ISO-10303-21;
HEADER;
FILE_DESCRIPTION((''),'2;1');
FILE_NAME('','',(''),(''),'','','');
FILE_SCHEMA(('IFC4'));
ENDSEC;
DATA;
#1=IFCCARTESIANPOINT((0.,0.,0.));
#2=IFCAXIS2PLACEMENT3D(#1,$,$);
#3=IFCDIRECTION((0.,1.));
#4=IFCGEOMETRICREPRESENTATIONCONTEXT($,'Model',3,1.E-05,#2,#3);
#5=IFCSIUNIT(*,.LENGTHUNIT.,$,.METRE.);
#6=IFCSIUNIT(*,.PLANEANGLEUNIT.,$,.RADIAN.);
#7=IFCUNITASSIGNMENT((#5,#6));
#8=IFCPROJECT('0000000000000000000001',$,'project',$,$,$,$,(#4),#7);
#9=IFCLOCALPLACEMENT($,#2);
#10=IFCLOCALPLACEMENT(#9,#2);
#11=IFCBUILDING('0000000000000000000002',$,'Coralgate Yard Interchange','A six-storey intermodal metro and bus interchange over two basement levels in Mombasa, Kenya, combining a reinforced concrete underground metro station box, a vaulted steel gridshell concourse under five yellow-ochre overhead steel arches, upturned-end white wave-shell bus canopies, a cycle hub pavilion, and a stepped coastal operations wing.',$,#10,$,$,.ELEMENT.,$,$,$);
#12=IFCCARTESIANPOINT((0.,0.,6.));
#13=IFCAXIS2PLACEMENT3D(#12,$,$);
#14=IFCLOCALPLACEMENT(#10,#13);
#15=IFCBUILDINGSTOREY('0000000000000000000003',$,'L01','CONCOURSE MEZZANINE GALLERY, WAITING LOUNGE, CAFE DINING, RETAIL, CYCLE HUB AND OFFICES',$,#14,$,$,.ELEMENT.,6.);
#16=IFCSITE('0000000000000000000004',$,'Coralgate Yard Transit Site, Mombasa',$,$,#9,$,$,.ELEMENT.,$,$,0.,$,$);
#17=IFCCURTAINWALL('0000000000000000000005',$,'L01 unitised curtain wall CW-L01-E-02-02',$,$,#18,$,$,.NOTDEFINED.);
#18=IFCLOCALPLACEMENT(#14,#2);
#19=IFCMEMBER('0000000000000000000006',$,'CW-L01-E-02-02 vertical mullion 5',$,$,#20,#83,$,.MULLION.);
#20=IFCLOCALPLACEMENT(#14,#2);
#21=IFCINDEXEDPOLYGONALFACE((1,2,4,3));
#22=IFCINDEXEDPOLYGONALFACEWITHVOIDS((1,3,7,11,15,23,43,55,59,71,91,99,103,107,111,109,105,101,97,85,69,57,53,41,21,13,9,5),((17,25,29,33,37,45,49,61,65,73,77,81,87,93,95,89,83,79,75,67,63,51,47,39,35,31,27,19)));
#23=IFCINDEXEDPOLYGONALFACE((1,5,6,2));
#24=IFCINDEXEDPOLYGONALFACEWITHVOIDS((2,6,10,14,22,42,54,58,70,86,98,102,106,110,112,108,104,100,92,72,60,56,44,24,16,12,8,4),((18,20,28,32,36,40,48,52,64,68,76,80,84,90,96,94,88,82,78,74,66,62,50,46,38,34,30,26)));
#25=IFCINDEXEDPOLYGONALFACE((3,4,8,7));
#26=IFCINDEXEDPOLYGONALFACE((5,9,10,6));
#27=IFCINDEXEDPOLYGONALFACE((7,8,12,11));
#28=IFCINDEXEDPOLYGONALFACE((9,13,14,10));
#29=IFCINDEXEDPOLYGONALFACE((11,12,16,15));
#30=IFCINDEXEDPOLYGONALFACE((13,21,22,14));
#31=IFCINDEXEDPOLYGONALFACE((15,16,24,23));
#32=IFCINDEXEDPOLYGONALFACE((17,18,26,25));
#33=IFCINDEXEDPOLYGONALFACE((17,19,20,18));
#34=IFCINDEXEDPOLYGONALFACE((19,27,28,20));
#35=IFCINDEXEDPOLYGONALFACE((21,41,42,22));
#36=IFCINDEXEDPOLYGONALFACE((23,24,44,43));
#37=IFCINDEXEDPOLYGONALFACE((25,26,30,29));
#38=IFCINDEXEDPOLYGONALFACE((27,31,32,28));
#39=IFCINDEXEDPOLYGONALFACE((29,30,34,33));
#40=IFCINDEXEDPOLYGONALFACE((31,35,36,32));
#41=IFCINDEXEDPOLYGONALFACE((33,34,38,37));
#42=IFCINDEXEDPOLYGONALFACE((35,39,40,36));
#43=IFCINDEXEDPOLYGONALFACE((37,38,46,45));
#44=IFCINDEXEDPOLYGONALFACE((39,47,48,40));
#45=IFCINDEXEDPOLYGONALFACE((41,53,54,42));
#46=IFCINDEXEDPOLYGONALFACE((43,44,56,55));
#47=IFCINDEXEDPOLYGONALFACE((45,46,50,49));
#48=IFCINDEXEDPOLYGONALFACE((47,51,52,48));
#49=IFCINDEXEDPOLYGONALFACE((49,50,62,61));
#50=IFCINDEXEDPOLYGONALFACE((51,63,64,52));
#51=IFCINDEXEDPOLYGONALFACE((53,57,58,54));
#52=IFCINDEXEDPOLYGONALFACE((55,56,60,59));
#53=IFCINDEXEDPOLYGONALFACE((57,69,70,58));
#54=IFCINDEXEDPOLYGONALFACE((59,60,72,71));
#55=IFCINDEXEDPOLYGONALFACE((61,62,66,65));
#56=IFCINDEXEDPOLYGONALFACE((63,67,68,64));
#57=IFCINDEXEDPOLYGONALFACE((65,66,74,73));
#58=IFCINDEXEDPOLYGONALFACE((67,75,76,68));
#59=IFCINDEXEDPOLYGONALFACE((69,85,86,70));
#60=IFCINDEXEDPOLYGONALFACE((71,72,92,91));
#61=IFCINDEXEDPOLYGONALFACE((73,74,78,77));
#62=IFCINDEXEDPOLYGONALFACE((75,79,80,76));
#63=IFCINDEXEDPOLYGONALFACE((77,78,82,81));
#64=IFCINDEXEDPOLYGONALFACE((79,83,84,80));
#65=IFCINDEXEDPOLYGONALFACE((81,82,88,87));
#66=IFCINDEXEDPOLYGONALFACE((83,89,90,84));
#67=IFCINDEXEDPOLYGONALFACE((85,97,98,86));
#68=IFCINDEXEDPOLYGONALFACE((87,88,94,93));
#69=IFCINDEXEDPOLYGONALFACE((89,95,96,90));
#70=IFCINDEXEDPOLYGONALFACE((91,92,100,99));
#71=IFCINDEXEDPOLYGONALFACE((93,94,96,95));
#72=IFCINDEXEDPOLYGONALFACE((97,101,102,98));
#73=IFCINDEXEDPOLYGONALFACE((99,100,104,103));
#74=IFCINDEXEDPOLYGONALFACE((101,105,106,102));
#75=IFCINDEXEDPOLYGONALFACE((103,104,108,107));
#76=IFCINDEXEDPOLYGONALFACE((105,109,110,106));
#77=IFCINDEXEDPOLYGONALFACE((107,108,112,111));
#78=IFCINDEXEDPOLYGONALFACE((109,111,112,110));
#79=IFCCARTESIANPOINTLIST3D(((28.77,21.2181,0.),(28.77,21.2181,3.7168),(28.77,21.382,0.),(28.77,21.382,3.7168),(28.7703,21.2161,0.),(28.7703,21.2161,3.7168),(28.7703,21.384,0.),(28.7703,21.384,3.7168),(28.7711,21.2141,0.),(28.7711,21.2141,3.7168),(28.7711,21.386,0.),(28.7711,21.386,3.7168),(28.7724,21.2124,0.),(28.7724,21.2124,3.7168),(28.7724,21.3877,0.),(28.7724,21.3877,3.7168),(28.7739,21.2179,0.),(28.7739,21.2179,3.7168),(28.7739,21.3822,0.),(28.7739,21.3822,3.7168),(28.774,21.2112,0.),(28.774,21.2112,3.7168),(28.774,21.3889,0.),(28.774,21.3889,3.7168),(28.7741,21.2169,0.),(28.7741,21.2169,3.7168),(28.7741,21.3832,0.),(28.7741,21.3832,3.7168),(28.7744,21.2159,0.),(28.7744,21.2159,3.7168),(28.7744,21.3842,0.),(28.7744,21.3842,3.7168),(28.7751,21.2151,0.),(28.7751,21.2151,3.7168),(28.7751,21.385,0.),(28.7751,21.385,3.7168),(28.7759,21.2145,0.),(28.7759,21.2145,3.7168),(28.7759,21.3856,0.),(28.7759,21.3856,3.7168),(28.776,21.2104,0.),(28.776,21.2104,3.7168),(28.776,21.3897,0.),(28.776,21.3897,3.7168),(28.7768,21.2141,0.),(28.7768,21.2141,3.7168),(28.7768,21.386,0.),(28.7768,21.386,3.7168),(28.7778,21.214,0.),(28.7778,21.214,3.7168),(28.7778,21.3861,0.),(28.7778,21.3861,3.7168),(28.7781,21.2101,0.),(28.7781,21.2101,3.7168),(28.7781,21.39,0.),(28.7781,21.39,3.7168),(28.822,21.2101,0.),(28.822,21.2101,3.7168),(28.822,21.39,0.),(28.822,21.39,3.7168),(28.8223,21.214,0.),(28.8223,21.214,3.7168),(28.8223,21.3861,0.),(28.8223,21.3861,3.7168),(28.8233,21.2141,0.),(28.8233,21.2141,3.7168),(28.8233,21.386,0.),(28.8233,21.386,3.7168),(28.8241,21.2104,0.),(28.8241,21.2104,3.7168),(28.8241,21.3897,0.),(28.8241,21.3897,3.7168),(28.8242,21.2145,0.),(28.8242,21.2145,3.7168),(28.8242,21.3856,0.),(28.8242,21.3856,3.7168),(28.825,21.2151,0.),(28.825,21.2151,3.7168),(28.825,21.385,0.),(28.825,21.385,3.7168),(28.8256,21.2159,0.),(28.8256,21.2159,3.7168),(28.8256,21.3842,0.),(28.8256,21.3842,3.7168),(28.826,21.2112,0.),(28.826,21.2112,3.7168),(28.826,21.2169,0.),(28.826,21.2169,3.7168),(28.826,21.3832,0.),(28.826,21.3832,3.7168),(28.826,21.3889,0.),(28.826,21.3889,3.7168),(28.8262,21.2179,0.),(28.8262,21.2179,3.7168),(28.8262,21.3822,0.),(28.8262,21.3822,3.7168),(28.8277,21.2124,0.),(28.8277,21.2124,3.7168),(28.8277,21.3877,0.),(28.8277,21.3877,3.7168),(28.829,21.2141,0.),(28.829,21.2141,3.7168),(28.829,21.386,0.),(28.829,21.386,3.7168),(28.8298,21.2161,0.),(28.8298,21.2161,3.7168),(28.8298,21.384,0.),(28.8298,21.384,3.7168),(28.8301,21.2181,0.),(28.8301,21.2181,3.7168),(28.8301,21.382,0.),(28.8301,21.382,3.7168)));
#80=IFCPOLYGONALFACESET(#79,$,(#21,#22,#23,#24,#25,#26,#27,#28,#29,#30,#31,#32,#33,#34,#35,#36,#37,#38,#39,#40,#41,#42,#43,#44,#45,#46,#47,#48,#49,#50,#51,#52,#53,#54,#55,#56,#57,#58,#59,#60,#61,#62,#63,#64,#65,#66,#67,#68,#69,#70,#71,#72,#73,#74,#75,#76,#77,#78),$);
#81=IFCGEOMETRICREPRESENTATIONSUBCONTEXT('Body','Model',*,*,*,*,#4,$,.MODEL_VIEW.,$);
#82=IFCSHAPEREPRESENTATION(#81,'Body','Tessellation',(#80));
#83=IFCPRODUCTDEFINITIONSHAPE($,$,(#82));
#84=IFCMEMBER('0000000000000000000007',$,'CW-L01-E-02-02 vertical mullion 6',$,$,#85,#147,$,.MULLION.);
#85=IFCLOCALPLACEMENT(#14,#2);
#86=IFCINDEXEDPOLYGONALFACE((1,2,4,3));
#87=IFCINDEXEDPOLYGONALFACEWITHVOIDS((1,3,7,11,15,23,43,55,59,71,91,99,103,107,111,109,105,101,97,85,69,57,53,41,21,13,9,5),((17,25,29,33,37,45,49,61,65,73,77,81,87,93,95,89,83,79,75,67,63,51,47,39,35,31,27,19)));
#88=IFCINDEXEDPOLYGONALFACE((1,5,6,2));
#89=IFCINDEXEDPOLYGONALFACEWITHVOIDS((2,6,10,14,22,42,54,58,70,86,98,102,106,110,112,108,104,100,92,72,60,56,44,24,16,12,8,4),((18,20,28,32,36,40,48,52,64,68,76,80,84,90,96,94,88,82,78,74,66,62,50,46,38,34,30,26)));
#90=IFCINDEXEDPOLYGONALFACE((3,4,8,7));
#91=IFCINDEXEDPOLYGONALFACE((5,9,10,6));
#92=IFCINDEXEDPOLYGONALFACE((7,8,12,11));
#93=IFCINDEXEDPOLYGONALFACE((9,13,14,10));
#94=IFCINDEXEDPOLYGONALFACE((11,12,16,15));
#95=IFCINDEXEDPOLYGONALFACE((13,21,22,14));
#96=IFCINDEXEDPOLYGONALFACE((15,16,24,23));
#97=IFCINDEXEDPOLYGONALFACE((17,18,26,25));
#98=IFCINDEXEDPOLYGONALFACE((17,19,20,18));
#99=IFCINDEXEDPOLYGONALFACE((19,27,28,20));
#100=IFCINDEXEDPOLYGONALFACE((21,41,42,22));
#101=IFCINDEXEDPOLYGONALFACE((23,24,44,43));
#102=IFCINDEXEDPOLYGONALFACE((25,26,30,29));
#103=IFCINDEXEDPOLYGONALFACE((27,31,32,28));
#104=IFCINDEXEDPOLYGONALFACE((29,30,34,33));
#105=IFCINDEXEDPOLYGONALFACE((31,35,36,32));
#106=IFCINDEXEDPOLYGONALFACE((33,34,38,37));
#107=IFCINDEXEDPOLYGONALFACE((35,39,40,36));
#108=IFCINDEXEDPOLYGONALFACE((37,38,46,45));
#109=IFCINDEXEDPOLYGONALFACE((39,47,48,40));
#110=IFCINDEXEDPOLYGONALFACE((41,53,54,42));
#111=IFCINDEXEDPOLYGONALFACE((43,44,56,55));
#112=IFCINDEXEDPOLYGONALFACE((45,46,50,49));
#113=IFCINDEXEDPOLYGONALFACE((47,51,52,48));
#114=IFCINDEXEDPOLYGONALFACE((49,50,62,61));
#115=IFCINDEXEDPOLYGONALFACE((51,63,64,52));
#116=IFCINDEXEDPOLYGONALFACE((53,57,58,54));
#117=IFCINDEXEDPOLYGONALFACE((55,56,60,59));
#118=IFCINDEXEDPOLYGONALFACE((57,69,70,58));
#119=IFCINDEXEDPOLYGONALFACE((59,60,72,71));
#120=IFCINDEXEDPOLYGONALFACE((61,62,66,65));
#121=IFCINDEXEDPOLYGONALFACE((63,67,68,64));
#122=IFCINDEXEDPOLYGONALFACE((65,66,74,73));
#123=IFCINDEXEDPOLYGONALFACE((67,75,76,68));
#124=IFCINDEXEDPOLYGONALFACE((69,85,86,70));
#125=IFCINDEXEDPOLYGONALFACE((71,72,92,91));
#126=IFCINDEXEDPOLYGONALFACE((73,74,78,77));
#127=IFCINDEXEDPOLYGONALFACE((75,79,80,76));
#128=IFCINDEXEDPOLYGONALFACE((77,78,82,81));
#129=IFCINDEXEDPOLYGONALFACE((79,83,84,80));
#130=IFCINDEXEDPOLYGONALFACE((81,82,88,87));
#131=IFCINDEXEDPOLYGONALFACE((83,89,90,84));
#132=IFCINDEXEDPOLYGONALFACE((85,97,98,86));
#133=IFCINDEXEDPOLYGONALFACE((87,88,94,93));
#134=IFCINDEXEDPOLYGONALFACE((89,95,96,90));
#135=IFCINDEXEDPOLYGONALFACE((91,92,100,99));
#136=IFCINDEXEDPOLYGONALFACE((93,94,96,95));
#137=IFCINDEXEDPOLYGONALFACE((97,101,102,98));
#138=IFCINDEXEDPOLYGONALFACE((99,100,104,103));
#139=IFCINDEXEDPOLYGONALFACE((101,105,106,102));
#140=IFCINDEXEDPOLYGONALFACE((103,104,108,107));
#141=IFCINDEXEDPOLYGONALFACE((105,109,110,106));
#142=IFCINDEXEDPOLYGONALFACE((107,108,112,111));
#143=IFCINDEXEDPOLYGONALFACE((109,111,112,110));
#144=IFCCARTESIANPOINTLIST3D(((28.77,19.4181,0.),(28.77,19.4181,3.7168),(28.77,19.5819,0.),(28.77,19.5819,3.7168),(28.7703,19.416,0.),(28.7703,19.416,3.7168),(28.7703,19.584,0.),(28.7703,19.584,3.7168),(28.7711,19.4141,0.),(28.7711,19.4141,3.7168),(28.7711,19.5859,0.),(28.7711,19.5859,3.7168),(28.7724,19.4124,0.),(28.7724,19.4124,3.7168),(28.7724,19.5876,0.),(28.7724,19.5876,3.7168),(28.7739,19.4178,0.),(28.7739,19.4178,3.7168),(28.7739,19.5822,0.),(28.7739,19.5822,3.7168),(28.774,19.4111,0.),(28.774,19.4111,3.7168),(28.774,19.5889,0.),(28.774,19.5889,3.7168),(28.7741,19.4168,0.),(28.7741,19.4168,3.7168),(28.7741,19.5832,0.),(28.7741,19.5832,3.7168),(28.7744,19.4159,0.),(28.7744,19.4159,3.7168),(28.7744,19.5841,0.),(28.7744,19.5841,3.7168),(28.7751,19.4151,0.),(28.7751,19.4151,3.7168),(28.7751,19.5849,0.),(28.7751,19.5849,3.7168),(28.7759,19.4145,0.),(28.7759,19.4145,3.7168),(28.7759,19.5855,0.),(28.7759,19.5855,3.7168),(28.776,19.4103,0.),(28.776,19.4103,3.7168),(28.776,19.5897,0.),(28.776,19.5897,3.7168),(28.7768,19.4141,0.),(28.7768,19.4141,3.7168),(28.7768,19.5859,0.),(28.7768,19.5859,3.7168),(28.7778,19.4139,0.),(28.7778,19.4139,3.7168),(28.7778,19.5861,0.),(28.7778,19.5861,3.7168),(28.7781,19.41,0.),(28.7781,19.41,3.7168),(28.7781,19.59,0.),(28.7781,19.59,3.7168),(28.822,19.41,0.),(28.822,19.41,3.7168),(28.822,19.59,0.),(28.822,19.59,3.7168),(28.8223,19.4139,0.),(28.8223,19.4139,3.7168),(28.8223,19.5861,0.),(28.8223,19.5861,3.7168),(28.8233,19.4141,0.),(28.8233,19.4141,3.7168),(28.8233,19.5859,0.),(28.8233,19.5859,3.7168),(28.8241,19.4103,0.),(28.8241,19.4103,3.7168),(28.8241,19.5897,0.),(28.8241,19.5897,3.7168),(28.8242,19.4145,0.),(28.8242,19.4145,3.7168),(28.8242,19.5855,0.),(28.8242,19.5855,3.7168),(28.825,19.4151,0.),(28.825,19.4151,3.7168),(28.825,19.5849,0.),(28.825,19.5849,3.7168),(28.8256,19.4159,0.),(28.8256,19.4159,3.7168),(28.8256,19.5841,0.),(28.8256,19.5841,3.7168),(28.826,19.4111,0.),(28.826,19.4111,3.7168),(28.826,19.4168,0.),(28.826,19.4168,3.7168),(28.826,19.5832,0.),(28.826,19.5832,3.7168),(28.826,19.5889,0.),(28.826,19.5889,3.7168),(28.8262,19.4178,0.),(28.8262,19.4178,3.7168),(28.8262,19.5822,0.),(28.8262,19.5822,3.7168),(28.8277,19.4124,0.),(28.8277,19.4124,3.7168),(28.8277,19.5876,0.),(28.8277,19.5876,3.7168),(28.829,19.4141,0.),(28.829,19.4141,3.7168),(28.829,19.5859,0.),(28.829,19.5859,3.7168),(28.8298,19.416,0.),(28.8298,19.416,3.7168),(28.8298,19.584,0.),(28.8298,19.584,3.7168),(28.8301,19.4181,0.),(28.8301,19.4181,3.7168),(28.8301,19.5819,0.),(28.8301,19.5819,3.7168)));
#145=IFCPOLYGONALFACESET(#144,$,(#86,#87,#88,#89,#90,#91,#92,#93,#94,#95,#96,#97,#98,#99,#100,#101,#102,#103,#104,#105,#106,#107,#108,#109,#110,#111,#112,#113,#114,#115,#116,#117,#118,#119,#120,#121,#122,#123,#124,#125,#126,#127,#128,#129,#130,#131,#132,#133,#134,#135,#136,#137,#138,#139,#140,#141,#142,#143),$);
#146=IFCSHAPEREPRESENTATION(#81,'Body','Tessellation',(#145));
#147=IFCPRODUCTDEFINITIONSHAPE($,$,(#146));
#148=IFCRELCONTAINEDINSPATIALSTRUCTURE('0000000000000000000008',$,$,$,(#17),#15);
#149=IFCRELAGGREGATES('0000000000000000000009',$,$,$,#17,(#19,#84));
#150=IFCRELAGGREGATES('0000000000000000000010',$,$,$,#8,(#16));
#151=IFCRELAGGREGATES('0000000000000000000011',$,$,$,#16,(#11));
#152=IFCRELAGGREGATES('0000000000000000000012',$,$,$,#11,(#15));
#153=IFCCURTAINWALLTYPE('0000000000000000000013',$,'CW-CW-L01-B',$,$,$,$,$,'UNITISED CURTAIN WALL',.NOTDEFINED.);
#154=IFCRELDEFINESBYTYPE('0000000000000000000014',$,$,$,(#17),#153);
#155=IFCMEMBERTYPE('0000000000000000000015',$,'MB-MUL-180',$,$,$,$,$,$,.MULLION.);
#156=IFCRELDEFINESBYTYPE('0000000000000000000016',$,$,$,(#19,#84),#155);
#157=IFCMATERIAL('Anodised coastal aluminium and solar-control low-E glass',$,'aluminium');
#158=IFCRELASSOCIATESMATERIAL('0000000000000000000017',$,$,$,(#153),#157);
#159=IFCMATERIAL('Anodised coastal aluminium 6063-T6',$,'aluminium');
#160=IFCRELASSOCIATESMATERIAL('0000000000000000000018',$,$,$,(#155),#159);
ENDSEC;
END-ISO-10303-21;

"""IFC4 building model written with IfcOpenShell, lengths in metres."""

from ifc_helpers import new_model, si_unit, direction, frame, origin, origin_2d, place, context, subcontext, project, spatial, hollow_rectangle, extrude, material, material_profile, profile_set, type_object, element, aggregate, save


model = new_model("IFC4")

# Units and contexts
model_context = context("Model", 3, precision=1e-05, world=origin(), true_north=direction((0.0, 1.0)))
body_context = subcontext(model_context, "Body", "Model", "MODEL_VIEW")
ifc_project = project(units=[si_unit("LENGTHUNIT", "METRE"), si_unit("PLANEANGLEUNIT", "RADIAN")], contexts=[model_context])

# Site, building, storey
site_placement = place(None, origin())
site = spatial("IfcSite", under=ifc_project, at=site_placement, Name="Coralgate Yard Transit Site, Mombasa", CompositionType="ELEMENT", RefElevation=0.0)
building_placement = place(site_placement, origin())
building = spatial("IfcBuilding", under=site, at=building_placement, Name="Coralgate Yard Interchange", Description="A six-storey intermodal metro and bus interchange over two basement levels in Mombasa, Kenya, combining a reinforced concrete underground metro station box, a vaulted steel gridshell concourse under five yellow-ochre overhead steel arches, upturned-end white wave-shell bus canopies, a cycle hub pavilion, and a stepped coastal operations wing.", CompositionType="ELEMENT")
storey_placement = place(building_placement, frame((0.0, 0.0, 6.0)))
storey = spatial("IfcBuildingStorey", under=building, at=storey_placement, Name="L01", Description="CONCOURSE MEZZANINE GALLERY, WAITING LOUNGE, CAFE DINING, RETAIL, CYCLE HUB AND OFFICES", CompositionType="ELEMENT", Elevation=6.0)

# Curtain wall, members
ifc_material_1 = material(Name="Anodised coastal aluminium and solar-control low-E glass", Category="aluminium")
curtain_wall_type = type_object("IfcCurtainWallType", Name="CW-CW-L01-B", ElementType="UNITISED CURTAIN WALL", PredefinedType="NOTDEFINED", material=ifc_material_1)
curtain_wall_placement = place(storey_placement, origin())
curtain_wall = element("IfcCurtainWall", 1, at=curtain_wall_placement, inside=storey, type_object=curtain_wall_type, Name="L01 unitised curtain wall CW-L01-E-02-02", PredefinedType="NOTDEFINED")
ifc_material_2 = material(Name="Anodised coastal aluminium 6063-T6", Category="aluminium")
ifc_material_profile_1 = material_profile(ifc_material_2, hollow_rectangle(XDim=0.0601, YDim=0.1799, WallThickness=0.0039, InnerFilletRadius=0.0039, OuterFilletRadius=0.0081, at=origin_2d()), Name="ALU 60x180x4")
ifc_profile_set_1 = profile_set([ifc_material_profile_1], Name="Anodised coastal aluminium 6063-T6")
member_type_1 = type_object("IfcMemberType", Name="MB-MUL-180", PredefinedType="MULLION", material=ifc_profile_set_1)
member_1_placement = place(storey_placement, frame((28.8, 21.3, 0.0), z_axis=(0.0, 0.0, 1.0), x_axis=(1.0, 0.0, 0.0)))
member_1 = element("IfcMember", 2, at=member_1_placement, type_object=member_type_1, Name="CW-L01-E-02-02 vertical mullion 5", PredefinedType="MULLION", context=body_context, shape_type="SweptSolid", body=[
    extrude(hollow_rectangle(XDim=0.0601, YDim=0.1799, WallThickness=0.0039, InnerFilletRadius=0.0039, OuterFilletRadius=0.0081, at=origin_2d()), origin(), (0.0, 0.0, 1.0), 3.7168),
])
member_2_placement = place(storey_placement, frame((28.8, 19.5, 0.0), z_axis=(0.0, 0.0, 1.0), x_axis=(1.0, 0.0, 0.0)))
member_2 = element("IfcMember", 3, at=member_2_placement, type_object=member_type_1, Name="CW-L01-E-02-02 vertical mullion 6", PredefinedType="MULLION", context=body_context, shape_type="SweptSolid", body=[
    extrude(hollow_rectangle(XDim=0.0601, YDim=0.1799, WallThickness=0.0039, InnerFilletRadius=0.0039, OuterFilletRadius=0.0081, at=origin_2d()), origin(), (0.0, 0.0, 1.0), 3.7168),
])
aggregate(curtain_wall, [member_1, member_2])

save(model, "model.ifc")
